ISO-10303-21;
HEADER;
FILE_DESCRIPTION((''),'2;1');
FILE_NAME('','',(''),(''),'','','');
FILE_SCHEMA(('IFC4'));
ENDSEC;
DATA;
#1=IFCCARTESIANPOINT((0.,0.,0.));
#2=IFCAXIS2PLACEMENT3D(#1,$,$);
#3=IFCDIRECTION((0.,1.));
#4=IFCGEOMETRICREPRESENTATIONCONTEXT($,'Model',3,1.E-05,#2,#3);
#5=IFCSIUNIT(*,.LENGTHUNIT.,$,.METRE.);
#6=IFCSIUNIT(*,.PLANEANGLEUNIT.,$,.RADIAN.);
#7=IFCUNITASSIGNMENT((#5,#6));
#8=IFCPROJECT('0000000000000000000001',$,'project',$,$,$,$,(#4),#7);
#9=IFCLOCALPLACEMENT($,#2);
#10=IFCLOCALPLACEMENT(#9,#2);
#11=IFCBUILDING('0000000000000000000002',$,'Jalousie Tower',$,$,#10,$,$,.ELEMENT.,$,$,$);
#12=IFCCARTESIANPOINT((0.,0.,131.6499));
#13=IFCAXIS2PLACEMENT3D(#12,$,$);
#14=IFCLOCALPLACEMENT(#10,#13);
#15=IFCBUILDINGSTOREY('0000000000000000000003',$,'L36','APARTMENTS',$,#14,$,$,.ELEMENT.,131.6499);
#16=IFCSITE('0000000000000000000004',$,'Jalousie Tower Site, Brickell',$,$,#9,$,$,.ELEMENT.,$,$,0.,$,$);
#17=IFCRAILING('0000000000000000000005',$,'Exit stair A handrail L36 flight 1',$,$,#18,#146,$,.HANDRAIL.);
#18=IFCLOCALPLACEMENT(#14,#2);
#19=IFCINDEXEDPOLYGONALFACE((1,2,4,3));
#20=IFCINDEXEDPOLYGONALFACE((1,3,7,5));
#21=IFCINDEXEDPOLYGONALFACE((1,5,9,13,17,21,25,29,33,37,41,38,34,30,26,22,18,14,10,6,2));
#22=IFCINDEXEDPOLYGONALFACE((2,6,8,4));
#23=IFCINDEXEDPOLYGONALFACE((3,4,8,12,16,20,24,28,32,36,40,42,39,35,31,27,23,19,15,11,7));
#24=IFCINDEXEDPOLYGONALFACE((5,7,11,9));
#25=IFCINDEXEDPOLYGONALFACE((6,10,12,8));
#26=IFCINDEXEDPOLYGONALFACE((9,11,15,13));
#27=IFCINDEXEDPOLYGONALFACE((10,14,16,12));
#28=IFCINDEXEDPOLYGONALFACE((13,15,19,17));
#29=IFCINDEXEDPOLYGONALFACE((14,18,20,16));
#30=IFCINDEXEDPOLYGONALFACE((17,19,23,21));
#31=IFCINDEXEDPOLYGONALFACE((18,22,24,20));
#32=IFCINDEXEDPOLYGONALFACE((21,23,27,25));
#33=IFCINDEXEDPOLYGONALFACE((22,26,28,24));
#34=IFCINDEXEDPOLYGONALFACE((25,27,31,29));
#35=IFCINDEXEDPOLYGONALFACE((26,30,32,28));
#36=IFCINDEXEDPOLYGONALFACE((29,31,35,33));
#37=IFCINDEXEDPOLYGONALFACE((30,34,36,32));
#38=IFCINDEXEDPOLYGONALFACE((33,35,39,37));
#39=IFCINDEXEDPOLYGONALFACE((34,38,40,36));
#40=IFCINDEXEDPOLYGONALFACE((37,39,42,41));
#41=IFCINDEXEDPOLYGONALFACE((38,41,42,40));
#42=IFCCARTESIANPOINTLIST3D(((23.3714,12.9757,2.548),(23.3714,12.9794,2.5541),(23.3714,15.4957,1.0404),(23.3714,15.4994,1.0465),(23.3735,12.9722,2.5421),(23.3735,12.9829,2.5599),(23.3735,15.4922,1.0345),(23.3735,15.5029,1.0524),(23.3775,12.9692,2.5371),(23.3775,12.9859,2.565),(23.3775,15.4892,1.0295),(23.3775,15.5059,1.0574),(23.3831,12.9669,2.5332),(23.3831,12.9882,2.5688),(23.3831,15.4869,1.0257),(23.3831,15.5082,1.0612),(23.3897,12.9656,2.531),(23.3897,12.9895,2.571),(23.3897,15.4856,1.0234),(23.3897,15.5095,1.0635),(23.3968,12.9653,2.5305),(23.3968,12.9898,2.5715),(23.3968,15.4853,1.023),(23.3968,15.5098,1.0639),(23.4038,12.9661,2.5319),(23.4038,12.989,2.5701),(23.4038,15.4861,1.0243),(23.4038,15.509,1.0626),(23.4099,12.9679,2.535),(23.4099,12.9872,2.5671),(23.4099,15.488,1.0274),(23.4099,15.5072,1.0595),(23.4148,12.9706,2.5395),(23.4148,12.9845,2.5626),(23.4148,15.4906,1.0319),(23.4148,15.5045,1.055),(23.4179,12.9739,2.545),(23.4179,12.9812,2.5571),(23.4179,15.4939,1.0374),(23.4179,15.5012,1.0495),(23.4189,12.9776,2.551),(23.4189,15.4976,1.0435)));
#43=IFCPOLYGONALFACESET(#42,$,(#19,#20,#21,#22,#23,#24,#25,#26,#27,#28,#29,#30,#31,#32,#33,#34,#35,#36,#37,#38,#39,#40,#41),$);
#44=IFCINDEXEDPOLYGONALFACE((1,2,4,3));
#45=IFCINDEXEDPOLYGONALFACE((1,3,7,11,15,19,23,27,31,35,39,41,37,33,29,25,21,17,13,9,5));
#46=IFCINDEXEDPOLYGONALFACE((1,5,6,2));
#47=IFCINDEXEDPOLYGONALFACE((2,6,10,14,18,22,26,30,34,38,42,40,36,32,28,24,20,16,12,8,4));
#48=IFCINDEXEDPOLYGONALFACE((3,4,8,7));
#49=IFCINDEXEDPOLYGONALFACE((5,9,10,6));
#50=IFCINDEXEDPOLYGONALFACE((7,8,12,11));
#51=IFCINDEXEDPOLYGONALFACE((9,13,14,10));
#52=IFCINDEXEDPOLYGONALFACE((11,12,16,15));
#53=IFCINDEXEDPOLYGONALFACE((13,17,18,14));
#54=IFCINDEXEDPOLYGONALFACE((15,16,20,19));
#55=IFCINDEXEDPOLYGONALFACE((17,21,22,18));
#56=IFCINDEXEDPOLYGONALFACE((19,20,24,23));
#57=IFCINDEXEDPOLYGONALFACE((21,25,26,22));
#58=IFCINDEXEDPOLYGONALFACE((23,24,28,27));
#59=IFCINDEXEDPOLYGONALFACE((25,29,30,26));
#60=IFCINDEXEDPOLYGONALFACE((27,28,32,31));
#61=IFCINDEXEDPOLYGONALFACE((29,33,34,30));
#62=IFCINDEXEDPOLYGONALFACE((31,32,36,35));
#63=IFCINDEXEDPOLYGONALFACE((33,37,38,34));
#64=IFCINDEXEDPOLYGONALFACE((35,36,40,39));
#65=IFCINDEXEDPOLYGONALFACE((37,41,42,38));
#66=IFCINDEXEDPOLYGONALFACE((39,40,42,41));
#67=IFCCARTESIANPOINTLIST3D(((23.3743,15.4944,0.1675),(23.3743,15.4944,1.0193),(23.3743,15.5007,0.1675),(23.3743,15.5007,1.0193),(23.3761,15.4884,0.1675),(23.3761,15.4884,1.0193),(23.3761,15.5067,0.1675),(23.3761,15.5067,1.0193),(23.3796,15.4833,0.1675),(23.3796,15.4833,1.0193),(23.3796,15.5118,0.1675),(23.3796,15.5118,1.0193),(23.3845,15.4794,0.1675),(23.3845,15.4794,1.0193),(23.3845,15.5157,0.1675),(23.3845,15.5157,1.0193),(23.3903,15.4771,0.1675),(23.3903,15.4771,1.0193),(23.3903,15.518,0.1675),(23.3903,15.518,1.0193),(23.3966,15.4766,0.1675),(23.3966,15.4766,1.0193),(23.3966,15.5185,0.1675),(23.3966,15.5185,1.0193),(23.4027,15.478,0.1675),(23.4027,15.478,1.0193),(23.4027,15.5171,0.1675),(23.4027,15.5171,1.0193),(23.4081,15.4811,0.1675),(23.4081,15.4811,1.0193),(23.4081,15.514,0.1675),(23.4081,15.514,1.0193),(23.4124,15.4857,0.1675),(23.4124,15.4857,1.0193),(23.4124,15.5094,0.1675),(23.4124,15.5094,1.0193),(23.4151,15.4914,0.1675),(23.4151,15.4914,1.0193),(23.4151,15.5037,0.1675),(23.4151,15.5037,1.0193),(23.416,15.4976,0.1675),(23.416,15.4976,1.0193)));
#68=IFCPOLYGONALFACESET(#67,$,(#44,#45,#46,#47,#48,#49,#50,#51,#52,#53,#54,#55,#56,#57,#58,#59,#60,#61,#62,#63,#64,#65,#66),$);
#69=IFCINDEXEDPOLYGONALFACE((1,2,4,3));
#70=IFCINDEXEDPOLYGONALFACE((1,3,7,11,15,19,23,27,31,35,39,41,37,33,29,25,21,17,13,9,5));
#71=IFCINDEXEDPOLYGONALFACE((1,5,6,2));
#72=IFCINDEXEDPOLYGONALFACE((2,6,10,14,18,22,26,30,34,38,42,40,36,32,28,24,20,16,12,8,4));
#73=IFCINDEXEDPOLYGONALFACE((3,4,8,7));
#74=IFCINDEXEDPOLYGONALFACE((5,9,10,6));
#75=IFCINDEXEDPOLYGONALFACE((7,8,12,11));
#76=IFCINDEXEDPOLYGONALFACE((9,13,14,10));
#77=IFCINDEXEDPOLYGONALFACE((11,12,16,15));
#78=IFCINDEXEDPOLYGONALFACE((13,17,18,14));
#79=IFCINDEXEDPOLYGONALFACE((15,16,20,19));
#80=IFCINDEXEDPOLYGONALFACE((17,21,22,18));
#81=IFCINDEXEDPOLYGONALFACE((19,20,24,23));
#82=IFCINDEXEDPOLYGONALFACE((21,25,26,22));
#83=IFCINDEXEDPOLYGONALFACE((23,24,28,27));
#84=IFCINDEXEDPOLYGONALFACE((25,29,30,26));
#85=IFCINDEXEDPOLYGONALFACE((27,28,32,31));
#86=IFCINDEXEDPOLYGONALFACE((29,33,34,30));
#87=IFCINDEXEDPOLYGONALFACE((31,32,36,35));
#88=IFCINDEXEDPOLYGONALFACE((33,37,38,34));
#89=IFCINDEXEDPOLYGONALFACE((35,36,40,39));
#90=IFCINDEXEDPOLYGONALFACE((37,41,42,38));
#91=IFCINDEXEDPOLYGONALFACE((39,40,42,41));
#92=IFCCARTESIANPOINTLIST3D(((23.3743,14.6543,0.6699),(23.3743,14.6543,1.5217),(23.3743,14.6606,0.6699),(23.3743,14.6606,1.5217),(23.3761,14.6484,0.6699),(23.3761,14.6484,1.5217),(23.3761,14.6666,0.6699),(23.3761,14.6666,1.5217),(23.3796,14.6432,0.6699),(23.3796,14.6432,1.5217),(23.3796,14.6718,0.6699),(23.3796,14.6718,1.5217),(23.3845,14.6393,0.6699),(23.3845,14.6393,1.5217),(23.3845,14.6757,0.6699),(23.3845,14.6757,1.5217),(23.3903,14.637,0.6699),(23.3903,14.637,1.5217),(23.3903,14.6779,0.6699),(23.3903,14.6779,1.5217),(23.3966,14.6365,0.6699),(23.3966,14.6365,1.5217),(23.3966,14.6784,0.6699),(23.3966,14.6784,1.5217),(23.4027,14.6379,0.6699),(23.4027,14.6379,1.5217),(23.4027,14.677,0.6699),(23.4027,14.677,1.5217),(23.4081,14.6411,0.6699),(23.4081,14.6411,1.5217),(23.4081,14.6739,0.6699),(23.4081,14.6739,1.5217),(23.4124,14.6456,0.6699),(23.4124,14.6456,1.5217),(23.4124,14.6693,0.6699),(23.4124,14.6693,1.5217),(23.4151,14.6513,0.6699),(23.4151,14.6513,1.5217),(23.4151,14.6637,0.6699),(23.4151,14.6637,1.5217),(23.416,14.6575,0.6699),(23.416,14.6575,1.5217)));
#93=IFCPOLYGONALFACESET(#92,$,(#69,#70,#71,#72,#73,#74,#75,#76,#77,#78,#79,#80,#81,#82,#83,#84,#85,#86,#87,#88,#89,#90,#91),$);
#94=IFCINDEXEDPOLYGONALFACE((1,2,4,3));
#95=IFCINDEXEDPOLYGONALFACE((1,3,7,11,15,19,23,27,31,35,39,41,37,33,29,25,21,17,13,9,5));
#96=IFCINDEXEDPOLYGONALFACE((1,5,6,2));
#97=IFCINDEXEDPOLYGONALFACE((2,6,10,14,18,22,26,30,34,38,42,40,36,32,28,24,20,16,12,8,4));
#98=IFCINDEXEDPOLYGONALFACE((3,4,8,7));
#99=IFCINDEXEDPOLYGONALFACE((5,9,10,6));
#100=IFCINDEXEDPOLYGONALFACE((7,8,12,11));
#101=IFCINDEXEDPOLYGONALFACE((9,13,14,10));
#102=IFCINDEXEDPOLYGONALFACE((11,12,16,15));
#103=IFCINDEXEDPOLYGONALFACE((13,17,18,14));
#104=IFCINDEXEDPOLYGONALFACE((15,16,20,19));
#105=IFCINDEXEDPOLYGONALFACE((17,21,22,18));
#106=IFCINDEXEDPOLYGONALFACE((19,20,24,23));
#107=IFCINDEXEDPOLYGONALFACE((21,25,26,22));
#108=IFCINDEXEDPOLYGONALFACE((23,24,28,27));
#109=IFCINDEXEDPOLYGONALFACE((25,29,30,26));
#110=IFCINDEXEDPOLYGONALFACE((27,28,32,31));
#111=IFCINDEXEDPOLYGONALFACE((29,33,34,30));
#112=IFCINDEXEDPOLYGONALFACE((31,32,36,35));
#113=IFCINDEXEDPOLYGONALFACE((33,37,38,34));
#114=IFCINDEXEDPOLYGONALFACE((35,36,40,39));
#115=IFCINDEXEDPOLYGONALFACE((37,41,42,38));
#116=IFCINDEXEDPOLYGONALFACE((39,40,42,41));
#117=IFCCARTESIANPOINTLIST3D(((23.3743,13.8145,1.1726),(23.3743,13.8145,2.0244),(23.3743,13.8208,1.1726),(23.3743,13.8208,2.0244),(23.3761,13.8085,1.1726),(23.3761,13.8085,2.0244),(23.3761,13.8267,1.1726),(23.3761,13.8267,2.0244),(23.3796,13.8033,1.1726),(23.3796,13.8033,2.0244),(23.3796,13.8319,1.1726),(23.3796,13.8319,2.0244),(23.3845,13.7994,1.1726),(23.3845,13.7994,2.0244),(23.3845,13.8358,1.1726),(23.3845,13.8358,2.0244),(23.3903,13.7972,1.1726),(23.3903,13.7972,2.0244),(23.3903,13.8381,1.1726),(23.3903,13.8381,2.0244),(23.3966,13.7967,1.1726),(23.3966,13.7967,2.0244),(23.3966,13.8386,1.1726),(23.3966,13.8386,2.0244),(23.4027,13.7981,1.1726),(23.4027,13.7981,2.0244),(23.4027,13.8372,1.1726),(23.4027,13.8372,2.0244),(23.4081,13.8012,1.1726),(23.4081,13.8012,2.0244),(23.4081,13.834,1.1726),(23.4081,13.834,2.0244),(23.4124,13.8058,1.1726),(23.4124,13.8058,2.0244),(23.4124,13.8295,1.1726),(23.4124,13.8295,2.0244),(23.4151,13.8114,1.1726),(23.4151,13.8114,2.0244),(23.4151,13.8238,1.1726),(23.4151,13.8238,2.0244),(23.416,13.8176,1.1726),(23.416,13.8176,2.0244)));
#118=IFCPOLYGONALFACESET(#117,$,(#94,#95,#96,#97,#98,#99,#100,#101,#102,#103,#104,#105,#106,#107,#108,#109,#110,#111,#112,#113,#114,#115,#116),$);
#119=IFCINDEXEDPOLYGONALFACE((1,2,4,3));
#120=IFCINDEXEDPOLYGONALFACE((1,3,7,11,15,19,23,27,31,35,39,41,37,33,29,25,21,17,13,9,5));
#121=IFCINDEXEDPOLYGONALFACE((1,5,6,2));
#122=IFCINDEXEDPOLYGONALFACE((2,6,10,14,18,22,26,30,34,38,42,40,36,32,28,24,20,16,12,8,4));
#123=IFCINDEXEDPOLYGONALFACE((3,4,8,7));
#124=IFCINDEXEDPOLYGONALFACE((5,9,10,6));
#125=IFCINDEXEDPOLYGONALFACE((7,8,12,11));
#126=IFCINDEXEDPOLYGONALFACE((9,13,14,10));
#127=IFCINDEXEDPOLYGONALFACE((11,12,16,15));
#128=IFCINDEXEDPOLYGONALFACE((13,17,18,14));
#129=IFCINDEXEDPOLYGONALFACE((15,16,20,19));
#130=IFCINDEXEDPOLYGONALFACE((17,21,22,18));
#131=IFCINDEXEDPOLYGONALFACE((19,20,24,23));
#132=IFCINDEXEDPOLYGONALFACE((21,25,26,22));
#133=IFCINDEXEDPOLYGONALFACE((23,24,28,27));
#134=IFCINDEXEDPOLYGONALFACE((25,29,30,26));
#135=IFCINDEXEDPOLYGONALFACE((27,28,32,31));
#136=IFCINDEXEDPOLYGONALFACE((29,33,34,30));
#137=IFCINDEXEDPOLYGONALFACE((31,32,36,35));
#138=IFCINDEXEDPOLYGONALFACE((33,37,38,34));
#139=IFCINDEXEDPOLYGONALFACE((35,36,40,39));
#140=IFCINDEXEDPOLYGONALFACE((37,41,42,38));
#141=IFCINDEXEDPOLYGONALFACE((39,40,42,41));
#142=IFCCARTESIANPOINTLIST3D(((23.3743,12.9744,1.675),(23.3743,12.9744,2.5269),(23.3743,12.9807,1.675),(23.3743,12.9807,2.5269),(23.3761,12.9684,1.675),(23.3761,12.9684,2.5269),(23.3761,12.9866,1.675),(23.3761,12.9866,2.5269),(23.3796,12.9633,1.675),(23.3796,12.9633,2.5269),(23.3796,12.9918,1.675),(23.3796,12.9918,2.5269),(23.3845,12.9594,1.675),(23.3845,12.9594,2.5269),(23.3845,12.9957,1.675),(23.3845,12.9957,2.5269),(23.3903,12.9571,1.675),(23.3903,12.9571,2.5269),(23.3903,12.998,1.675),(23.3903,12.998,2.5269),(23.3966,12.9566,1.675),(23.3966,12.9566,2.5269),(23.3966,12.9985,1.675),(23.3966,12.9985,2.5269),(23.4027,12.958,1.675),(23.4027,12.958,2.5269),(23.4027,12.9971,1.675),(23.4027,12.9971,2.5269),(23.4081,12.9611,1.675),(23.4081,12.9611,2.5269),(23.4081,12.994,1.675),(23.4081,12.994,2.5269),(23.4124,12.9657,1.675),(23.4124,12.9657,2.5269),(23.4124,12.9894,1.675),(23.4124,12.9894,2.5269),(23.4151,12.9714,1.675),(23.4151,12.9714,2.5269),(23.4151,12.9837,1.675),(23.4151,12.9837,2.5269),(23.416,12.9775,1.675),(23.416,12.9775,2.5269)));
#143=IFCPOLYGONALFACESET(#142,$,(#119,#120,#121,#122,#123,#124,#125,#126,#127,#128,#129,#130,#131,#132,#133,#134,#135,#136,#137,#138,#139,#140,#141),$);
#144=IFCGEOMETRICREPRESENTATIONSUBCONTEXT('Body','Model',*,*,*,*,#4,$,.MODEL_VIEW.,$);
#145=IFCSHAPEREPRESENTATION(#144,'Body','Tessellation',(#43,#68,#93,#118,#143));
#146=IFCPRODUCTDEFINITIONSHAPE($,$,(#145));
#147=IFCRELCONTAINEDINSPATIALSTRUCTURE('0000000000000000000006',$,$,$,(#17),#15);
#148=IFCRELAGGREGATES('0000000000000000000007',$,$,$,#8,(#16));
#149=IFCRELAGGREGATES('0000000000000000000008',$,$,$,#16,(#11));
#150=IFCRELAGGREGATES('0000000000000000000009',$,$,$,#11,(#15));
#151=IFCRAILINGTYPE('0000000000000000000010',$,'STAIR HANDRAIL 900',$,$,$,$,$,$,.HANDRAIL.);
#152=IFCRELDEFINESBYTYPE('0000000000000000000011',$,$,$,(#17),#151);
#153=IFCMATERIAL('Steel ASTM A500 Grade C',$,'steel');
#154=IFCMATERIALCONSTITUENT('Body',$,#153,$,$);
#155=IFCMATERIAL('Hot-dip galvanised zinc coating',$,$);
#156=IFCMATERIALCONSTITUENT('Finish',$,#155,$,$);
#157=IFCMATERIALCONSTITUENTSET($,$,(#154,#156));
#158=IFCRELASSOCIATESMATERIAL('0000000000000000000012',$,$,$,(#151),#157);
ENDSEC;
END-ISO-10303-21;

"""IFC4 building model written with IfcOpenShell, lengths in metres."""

from ifc_helpers import new_model, si_unit, direction, frame, origin, origin_2d, place, context, subcontext, project, spatial, circle, extrude, material, constituent, constituent_set, type_object, element, save


model = new_model("IFC4")

# Units and contexts
model_context = context("Model", 3, precision=1e-05, world=origin(), true_north=direction((0.0, 1.0)))
body_context = subcontext(model_context, "Body", "Model", "MODEL_VIEW")
ifc_project = project(units=[si_unit("LENGTHUNIT", "METRE"), si_unit("PLANEANGLEUNIT", "RADIAN")], contexts=[model_context])

# Site, building, storey
site_placement = place(None, origin())
site = spatial("IfcSite", under=ifc_project, at=site_placement, Name="Jalousie Tower Site, Brickell", CompositionType="ELEMENT", RefElevation=0.0)
building_placement = place(site_placement, origin())
building = spatial("IfcBuilding", under=site, at=building_placement, Name="Jalousie Tower", CompositionType="ELEMENT")
storey_placement = place(building_placement, frame((0.0, 0.0, 131.6499)))
storey = spatial("IfcBuildingStorey", under=building, at=storey_placement, Name="L36", Description="APARTMENTS", CompositionType="ELEMENT", Elevation=131.6499)

# Railing
ifc_material_1 = material(Name="Steel ASTM A500 Grade C", Category="steel")
ifc_constituent_1 = constituent(ifc_material_1, Name="Body")
ifc_material_2 = material(Name="Hot-dip galvanised zinc coating")
ifc_constituent_2 = constituent(ifc_material_2, Name="Finish")
ifc_constituent_set_1 = constituent_set(constituents=[ifc_constituent_1, ifc_constituent_2])
railing_type_1 = type_object("IfcRailingType", Name="STAIR HANDRAIL 900", PredefinedType="HANDRAIL", material=ifc_constituent_set_1)
railing_1_placement = place(storey_placement, frame((23.395, 15.4976, 0.1675)))
element("IfcRailing", 1, at=railing_1_placement, inside=storey, type_object=railing_type_1, Name="Exit stair A handrail L36 flight 1", PredefinedType="HANDRAIL", context=body_context, shape_type="SweptSolid", body=[
    extrude(circle(Radius=0.0239, at=origin_2d()), frame((0.0, 0.0, 0.876), z_axis=(0.0, -0.85816, 0.513383), x_axis=(1.0, 0.0, 0.0)), (0.0, 0.0, 1.0), 2.9365),
    extrude(circle(Radius=0.021, at=origin_2d()), origin(), (0.0, 0.0, 1.0), 0.8518),
    extrude(circle(Radius=0.021, at=origin_2d()), frame((0.0, -0.8401, 0.5024)), (0.0, 0.0, 1.0), 0.8518),
    extrude(circle(Radius=0.021, at=origin_2d()), frame((0.0, -1.6799, 1.0051)), (0.0, 0.0, 1.0), 0.8518),
    extrude(circle(Radius=0.021, at=origin_2d()), frame((0.0, -2.52, 1.5076)), (0.0, 0.0, 1.0), 0.8518),
])

save(model, "model.ifc")
